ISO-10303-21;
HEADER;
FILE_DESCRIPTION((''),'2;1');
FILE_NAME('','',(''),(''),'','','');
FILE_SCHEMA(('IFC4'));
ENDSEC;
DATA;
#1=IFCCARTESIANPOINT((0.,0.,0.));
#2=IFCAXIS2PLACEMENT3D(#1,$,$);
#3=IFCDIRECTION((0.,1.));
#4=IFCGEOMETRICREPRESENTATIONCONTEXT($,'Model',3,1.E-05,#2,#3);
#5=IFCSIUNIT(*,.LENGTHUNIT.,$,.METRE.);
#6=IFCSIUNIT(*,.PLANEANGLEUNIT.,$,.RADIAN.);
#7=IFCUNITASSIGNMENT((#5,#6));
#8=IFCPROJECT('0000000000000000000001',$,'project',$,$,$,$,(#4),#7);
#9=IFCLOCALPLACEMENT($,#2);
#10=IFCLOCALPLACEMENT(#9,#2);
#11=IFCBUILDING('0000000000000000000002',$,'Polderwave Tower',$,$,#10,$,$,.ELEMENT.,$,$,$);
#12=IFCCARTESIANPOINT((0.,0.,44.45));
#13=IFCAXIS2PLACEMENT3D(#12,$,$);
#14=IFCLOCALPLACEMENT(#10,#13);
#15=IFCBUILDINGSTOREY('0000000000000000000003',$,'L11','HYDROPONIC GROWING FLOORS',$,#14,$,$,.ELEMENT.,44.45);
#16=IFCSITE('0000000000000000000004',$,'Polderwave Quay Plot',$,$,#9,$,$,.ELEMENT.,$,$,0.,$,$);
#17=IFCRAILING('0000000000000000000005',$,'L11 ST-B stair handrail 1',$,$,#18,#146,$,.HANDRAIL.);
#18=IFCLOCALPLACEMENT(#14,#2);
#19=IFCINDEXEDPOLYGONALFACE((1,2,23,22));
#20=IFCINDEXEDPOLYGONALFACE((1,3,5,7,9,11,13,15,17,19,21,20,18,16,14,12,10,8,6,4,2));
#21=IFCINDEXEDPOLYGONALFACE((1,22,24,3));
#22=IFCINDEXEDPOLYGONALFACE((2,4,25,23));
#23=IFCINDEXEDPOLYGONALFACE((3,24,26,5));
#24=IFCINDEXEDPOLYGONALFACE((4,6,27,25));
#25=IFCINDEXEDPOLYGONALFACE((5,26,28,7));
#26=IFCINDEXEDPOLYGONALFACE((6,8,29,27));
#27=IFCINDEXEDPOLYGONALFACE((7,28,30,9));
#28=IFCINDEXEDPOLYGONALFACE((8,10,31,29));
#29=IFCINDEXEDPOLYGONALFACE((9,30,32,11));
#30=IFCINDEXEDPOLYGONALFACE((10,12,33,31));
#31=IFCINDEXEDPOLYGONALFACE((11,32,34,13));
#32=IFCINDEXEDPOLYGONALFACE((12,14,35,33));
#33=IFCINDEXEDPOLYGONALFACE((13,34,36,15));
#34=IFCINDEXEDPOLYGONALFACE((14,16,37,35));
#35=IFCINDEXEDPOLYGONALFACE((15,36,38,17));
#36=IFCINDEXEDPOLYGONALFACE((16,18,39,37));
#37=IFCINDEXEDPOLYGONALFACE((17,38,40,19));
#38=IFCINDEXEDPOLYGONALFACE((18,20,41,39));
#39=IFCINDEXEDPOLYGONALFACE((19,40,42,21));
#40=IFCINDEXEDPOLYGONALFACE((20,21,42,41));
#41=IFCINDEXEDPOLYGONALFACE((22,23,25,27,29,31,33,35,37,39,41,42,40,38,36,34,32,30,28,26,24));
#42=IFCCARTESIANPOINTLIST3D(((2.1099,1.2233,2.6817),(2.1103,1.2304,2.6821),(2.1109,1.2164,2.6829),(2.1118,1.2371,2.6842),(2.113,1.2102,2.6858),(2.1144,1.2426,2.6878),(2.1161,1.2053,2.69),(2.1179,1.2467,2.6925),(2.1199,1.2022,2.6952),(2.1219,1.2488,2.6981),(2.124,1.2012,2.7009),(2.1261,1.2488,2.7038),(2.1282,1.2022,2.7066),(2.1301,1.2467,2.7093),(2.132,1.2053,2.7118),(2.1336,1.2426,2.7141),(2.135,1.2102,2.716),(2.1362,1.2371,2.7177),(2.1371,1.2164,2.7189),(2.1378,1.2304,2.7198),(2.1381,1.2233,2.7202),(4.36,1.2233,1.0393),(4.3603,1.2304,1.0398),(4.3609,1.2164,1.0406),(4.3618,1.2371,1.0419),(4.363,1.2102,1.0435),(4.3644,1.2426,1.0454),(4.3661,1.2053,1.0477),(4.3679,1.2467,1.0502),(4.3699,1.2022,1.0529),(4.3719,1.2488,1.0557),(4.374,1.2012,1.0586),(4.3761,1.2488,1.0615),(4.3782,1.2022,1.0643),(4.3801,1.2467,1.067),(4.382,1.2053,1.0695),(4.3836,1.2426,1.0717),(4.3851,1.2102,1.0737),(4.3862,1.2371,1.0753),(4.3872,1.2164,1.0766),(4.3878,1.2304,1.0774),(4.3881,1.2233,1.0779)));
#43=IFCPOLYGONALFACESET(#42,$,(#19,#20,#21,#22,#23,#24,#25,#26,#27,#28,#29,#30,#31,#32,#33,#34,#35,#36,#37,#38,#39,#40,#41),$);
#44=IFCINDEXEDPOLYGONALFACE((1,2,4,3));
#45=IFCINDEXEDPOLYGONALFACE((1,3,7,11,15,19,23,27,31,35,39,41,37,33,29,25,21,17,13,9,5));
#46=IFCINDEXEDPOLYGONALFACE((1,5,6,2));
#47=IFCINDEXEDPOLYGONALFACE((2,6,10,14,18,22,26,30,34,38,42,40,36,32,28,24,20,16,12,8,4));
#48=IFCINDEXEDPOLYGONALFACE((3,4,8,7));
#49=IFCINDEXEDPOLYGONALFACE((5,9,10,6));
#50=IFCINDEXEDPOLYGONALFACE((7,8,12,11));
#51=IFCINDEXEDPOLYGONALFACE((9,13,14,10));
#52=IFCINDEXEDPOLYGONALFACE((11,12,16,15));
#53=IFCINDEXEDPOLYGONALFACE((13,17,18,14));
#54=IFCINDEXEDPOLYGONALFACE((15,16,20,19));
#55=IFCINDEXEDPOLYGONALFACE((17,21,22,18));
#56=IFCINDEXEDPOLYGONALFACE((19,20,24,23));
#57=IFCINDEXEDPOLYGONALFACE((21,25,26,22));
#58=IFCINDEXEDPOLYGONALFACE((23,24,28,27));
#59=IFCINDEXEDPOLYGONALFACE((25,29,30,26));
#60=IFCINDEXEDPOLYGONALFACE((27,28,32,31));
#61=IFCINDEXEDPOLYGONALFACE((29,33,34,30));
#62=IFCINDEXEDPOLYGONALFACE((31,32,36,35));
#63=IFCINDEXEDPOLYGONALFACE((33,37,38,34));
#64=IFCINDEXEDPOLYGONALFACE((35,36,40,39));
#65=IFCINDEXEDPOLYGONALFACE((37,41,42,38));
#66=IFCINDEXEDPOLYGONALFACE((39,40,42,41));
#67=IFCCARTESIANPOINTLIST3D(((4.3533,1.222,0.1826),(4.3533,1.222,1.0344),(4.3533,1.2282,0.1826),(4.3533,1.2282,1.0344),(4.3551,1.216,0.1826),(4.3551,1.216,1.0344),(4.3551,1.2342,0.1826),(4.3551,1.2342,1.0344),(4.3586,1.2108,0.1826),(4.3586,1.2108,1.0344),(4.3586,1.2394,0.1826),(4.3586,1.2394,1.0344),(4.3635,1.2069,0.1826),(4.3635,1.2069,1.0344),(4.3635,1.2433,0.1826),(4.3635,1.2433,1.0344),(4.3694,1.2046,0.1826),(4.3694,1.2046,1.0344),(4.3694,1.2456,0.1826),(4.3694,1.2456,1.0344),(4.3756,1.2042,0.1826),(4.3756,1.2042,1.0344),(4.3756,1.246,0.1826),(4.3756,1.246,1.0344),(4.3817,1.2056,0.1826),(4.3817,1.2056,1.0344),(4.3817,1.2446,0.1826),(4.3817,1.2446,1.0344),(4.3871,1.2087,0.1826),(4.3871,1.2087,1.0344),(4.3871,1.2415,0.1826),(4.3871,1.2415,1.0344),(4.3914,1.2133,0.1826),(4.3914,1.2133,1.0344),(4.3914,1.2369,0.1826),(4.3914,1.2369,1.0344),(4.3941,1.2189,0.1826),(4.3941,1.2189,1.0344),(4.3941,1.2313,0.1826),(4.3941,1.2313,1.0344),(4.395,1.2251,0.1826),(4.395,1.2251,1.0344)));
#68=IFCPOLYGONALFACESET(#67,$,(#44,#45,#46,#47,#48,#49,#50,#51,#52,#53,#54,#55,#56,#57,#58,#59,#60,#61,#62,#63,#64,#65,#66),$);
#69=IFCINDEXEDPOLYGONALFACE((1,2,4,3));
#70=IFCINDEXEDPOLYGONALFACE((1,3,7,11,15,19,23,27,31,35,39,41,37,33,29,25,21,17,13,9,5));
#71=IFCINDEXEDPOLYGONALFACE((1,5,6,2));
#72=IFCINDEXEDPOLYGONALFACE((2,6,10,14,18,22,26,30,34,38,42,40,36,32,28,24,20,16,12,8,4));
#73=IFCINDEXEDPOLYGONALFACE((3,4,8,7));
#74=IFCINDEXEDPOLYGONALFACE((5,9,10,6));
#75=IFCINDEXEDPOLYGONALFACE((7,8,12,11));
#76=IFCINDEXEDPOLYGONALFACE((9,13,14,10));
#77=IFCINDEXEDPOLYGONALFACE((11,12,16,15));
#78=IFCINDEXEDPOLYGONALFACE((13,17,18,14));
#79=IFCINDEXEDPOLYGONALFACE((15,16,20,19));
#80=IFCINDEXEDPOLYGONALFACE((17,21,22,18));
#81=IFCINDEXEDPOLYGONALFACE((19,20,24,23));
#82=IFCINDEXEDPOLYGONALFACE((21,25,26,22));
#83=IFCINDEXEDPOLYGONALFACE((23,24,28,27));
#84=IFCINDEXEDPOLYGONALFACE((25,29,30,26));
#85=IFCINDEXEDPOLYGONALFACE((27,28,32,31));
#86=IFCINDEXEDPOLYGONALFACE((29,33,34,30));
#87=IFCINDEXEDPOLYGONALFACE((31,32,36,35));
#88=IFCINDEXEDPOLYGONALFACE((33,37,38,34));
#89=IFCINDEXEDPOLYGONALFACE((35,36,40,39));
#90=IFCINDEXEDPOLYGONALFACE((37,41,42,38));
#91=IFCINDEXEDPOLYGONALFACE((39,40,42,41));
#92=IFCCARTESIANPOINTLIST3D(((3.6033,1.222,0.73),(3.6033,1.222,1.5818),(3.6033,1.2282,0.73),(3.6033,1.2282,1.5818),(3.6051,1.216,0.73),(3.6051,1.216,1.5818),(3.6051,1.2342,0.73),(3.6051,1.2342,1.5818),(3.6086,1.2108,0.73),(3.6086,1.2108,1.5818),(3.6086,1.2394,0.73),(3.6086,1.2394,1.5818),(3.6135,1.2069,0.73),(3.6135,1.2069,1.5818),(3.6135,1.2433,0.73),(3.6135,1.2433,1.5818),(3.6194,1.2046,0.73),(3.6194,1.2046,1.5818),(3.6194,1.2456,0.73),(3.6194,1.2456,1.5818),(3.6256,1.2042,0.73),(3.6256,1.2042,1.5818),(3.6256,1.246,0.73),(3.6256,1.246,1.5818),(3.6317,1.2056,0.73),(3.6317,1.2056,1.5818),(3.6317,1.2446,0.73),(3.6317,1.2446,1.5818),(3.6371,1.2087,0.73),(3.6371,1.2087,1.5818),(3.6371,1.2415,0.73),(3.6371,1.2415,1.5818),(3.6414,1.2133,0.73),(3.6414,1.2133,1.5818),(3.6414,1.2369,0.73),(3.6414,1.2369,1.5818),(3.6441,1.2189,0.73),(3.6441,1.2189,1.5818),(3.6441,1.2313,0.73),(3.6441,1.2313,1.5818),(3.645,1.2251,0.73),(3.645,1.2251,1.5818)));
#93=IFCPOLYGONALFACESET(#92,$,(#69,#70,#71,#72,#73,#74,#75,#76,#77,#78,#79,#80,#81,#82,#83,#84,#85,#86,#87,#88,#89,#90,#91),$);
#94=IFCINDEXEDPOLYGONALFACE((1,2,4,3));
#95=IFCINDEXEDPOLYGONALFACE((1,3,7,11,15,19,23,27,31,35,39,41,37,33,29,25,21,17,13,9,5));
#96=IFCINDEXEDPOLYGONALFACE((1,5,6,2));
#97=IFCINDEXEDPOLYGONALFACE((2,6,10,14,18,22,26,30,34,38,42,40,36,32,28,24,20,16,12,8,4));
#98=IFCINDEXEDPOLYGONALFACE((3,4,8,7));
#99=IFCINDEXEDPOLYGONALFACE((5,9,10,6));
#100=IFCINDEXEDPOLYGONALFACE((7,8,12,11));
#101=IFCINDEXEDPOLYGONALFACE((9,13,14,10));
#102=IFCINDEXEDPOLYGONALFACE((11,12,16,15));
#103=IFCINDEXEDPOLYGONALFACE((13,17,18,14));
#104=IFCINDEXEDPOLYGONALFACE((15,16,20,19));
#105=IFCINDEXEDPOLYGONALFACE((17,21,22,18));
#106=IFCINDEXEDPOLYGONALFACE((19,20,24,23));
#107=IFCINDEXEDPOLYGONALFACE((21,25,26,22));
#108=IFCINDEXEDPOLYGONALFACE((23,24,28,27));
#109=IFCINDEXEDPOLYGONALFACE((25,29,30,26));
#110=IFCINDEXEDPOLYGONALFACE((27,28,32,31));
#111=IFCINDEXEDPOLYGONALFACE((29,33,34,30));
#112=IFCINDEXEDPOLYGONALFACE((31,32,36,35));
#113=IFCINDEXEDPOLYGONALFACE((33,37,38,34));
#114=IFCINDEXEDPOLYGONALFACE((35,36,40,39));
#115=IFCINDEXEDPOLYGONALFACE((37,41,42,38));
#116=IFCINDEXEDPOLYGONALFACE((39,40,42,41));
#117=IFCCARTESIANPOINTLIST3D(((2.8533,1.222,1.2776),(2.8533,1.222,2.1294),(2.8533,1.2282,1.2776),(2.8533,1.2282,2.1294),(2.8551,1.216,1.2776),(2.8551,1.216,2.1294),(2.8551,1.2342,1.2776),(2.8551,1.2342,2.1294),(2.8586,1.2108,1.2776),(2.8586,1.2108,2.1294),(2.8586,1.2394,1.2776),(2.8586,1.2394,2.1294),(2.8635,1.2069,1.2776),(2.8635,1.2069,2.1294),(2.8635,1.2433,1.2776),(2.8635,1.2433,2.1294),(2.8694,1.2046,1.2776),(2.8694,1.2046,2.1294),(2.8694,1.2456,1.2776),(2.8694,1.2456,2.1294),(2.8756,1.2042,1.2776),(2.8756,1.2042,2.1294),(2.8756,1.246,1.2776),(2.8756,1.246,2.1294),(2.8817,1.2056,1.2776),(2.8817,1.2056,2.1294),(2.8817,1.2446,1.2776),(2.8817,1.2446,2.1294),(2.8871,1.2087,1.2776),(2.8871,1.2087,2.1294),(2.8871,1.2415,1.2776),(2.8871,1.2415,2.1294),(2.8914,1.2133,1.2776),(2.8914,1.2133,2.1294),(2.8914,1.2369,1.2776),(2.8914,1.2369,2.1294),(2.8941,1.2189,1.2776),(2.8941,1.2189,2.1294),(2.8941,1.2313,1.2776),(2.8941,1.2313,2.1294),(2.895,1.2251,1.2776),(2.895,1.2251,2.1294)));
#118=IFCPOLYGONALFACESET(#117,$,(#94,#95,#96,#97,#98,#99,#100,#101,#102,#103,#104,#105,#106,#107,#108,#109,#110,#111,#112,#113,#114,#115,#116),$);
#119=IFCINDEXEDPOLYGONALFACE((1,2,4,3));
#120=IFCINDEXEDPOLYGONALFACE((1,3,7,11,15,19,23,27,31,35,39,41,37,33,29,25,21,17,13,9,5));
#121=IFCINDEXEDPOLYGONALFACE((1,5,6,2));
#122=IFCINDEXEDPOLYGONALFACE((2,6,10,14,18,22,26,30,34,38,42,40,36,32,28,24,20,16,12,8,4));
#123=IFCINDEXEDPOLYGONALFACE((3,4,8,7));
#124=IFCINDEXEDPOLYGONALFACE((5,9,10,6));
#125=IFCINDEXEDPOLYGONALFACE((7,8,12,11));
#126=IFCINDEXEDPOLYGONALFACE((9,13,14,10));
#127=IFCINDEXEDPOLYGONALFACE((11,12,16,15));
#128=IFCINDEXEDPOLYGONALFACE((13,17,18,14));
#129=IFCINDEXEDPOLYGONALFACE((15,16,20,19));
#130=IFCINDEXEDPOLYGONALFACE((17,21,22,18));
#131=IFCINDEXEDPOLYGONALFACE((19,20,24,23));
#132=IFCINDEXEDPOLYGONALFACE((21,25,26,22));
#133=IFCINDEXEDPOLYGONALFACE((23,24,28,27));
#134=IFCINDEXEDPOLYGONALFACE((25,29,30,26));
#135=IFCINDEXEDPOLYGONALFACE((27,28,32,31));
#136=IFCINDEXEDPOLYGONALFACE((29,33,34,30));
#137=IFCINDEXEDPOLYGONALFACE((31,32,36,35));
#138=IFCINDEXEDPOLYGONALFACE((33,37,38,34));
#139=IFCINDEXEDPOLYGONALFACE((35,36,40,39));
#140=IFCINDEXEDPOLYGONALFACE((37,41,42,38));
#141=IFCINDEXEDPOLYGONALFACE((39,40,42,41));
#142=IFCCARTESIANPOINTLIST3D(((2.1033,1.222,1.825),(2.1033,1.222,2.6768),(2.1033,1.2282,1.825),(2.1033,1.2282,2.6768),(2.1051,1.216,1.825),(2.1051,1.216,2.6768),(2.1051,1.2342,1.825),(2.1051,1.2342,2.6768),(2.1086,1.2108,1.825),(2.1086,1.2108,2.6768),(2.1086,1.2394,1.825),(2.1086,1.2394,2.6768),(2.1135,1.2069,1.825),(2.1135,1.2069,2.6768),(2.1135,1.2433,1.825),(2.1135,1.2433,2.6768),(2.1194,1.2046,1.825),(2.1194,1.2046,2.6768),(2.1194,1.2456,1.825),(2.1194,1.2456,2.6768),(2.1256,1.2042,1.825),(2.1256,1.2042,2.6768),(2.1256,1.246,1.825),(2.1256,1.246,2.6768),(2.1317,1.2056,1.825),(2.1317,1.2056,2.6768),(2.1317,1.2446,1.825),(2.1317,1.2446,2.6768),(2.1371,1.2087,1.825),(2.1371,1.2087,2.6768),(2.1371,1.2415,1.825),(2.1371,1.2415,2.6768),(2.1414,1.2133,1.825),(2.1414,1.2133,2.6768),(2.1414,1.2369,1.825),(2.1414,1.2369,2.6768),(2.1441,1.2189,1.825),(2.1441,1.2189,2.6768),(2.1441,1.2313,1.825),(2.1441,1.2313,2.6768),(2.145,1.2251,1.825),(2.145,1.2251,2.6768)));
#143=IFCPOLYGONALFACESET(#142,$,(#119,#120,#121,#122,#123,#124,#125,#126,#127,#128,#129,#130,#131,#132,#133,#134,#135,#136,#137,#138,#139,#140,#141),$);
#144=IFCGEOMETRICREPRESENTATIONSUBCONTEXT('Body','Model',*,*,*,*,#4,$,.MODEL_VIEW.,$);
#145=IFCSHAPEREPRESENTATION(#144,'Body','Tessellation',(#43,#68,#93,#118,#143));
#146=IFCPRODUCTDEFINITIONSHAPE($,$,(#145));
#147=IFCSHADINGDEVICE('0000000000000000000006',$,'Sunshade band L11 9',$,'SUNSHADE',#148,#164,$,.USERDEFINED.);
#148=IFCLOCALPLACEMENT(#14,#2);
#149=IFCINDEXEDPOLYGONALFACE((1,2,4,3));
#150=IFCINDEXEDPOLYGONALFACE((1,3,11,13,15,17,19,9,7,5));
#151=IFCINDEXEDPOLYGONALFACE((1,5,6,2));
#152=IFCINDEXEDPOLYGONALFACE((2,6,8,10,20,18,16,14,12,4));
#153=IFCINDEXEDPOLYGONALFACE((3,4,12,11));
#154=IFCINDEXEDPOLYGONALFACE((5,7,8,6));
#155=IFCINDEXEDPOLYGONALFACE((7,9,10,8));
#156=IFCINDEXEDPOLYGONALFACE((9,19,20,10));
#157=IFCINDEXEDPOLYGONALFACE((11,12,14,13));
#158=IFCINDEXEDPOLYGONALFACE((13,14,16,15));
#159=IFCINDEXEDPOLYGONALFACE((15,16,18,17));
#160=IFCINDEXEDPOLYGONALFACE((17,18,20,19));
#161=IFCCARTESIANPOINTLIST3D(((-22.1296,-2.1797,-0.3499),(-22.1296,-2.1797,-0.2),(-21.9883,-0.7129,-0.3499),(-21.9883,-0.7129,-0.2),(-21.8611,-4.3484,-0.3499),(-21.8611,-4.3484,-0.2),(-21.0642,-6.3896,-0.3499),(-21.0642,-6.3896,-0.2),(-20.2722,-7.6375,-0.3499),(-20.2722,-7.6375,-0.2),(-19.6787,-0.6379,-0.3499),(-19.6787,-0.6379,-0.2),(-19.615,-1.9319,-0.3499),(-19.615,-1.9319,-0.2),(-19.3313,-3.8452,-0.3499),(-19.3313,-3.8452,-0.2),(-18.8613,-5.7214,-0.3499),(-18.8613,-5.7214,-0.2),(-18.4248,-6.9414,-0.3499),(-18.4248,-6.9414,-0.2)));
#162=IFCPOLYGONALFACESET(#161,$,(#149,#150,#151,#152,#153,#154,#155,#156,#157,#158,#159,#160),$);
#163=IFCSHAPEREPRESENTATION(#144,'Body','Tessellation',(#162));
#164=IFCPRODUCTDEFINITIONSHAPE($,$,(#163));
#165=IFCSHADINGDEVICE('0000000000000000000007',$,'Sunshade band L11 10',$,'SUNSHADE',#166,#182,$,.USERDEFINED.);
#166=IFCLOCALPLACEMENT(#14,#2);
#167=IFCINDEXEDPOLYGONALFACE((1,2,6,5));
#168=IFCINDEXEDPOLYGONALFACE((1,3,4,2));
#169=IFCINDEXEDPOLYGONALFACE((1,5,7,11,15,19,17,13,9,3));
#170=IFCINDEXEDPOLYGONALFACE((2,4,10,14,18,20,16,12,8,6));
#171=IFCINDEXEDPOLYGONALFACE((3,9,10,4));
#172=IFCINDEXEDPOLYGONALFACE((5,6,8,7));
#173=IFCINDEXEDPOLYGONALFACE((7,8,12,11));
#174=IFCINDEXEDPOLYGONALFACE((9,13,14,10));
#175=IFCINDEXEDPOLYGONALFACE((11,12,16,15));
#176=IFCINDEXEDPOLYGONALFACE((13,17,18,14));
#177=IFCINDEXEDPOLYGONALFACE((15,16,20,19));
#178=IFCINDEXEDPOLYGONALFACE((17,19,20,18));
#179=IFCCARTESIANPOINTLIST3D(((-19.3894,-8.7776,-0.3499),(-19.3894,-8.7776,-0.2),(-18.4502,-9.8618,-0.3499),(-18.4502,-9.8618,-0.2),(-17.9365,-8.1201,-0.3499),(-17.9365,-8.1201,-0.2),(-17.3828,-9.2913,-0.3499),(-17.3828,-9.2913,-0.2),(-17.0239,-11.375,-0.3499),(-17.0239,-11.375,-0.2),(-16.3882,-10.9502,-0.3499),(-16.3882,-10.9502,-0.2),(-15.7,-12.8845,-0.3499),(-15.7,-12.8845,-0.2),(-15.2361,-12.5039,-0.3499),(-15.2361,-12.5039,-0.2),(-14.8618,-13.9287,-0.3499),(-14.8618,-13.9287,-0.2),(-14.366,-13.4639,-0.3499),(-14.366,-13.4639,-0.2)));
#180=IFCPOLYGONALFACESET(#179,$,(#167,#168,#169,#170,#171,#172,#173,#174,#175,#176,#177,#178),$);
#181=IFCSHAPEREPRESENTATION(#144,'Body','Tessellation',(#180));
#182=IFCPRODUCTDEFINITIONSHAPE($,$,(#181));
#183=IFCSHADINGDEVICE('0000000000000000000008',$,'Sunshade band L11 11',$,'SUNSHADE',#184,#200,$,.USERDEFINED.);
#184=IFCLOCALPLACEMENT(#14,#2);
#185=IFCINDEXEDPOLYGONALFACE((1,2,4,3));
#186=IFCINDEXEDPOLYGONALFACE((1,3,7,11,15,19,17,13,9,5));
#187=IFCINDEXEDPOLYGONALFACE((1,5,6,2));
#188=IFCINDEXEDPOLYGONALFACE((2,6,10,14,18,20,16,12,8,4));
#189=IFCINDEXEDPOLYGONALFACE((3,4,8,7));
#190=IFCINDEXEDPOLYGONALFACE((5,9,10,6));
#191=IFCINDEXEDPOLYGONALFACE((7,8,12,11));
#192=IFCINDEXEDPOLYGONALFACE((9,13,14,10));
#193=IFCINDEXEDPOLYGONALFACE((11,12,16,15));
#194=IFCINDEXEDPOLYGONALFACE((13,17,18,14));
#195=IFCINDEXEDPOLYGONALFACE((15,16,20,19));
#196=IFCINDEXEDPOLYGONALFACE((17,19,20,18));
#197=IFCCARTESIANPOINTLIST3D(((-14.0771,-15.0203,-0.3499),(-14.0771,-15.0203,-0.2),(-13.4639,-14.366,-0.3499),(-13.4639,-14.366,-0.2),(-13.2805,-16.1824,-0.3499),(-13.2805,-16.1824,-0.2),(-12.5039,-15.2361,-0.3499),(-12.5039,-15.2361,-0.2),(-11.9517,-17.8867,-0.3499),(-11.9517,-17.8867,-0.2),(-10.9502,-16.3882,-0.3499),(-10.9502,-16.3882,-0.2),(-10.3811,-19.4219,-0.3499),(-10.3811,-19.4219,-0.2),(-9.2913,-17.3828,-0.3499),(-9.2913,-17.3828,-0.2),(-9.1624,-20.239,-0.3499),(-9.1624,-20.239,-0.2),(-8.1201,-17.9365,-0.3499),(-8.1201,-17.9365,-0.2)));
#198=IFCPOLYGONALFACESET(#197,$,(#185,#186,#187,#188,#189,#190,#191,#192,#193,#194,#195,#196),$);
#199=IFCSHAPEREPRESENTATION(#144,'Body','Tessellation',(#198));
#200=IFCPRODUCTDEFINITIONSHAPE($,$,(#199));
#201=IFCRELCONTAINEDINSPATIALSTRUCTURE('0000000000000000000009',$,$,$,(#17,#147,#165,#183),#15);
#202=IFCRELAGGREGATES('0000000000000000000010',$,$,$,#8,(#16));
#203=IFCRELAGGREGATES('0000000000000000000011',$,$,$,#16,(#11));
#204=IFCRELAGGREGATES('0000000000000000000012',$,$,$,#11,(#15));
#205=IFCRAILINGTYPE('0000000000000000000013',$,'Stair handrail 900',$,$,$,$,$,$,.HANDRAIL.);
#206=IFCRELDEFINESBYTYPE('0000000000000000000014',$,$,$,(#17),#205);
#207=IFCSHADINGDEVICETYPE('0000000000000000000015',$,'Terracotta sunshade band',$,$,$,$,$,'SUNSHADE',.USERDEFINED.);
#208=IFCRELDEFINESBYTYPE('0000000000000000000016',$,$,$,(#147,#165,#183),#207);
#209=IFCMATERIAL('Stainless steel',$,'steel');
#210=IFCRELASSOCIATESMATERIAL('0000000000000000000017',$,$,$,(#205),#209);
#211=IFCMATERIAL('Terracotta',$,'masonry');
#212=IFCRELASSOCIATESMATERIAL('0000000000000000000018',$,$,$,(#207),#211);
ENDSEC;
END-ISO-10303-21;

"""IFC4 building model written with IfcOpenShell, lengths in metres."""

from ifc_helpers import new_model, si_unit, direction, frame, origin, origin_2d, place, context, subcontext, project, spatial, polyline, circle, outline, extrude, material, type_object, element, save


model = new_model("IFC4")

# Units and contexts
model_context = context("Model", 3, precision=1e-05, world=origin(), true_north=direction((0.0, 1.0)))
body_context = subcontext(model_context, "Body", "Model", "MODEL_VIEW")
ifc_project = project(units=[si_unit("LENGTHUNIT", "METRE"), si_unit("PLANEANGLEUNIT", "RADIAN")], contexts=[model_context])

# Site, building, storey
site_placement = place(None, origin())
site = spatial("IfcSite", under=ifc_project, at=site_placement, Name="Polderwave Quay Plot", CompositionType="ELEMENT", RefElevation=0.0)
building_placement = place(site_placement, origin())
building = spatial("IfcBuilding", under=site, at=building_placement, Name="Polderwave Tower", CompositionType="ELEMENT")
storey_placement = place(building_placement, frame((0.0, 0.0, 44.45)))
storey = spatial("IfcBuildingStorey", under=building, at=storey_placement, Name="L11", Description="HYDROPONIC GROWING FLOORS", CompositionType="ELEMENT", Elevation=44.45)

# Railing
ifc_material_1 = material(Name="Stainless steel", Category="steel")
railing_type_1 = type_object("IfcRailingType", Name="Stair handrail 900", PredefinedType="HANDRAIL", material=ifc_material_1)
railing_1_placement = place(storey_placement, frame((4.374, 1.2251, 0.1826)))
element("IfcRailing", 1, at=railing_1_placement, inside=storey, type_object=railing_type_1, Name="L11 ST-B stair handrail 1", PredefinedType="HANDRAIL", context=body_context, shape_type="SweptSolid", body=[
    extrude(circle(Radius=0.0239, at=origin_2d()), frame((0.0, 0.0, 0.876), z_axis=(-0.807715, 0.0, 0.589573), x_axis=(0.0, -1.0, 0.0)), (0.0, 0.0, 1.0), 2.7856),
    extrude(circle(Radius=0.021, at=origin_2d()), origin(), (0.0, 0.0, 1.0), 0.8518),
    extrude(circle(Radius=0.021, at=origin_2d()), frame((-0.75, 0.0, 0.5474)), (0.0, 0.0, 1.0), 0.8518),
    extrude(circle(Radius=0.021, at=origin_2d()), frame((-1.5, 0.0, 1.095)), (0.0, 0.0, 1.0), 0.8518),
    extrude(circle(Radius=0.021, at=origin_2d()), frame((-2.25, 0.0, 1.6423)), (0.0, 0.0, 1.0), 0.8518),
])

# Shading devices
ifc_material_2 = material(Name="Terracotta", Category="masonry")
shading_device_type = type_object("IfcShadingDeviceType", Name="Terracotta sunshade band", ElementType="SUNSHADE", PredefinedType="USERDEFINED", material=ifc_material_2)
shading_device_1_placement = place(storey_placement, frame((0.0, 0.0, -0.3499)))
element("IfcShadingDevice", 2, at=shading_device_1_placement, inside=storey, type_object=shading_device_type, Name="Sunshade band L11 9", ObjectType="SUNSHADE", PredefinedType="USERDEFINED", context=body_context, shape_type="SweptSolid", body=[
    extrude(outline(polyline([(-19.6787, -0.6379), (-19.615, -1.9319), (-19.3313, -3.8452), (-18.8613, -5.7214), (-18.4248, -6.9414), (-20.2722, -7.6375), (-21.0642, -6.3896), (-21.8611, -4.3484), (-22.1296, -2.1797), (-21.9883, -0.7129), (-19.6787, -0.6379)])), origin(), (0.0, 0.0, 1.0), 0.1499),
])
shading_device_2_placement = place(storey_placement, frame((0.0, 0.0, -0.3499)))
element("IfcShadingDevice", 3, at=shading_device_2_placement, inside=storey, type_object=shading_device_type, Name="Sunshade band L11 10", ObjectType="SUNSHADE", PredefinedType="USERDEFINED", context=body_context, shape_type="SweptSolid", body=[
    extrude(outline(polyline([(-17.9365, -8.1201), (-17.3828, -9.2913), (-16.3882, -10.9502), (-15.2361, -12.5039), (-14.366, -13.4639), (-14.8618, -13.9287), (-15.7, -12.8845), (-17.0239, -11.375), (-18.4502, -9.8618), (-19.3894, -8.7776), (-17.9365, -8.1201)])), origin(), (0.0, 0.0, 1.0), 0.1499),
])
shading_device_3_placement = place(storey_placement, frame((0.0, 0.0, -0.3499)))
element("IfcShadingDevice", 4, at=shading_device_3_placement, inside=storey, type_object=shading_device_type, Name="Sunshade band L11 11", ObjectType="SUNSHADE", PredefinedType="USERDEFINED", context=body_context, shape_type="SweptSolid", body=[
    extrude(outline(polyline([(-13.4639, -14.366), (-12.5039, -15.2361), (-10.9502, -16.3882), (-9.2913, -17.3828), (-8.1201, -17.9365), (-9.1624, -20.239), (-10.3811, -19.4219), (-11.9517, -17.8867), (-13.2805, -16.1824), (-14.0771, -15.0203), (-13.4639, -14.366)])), origin(), (0.0, 0.0, 1.0), 0.1499),
])

save(model, "model.ifc")
